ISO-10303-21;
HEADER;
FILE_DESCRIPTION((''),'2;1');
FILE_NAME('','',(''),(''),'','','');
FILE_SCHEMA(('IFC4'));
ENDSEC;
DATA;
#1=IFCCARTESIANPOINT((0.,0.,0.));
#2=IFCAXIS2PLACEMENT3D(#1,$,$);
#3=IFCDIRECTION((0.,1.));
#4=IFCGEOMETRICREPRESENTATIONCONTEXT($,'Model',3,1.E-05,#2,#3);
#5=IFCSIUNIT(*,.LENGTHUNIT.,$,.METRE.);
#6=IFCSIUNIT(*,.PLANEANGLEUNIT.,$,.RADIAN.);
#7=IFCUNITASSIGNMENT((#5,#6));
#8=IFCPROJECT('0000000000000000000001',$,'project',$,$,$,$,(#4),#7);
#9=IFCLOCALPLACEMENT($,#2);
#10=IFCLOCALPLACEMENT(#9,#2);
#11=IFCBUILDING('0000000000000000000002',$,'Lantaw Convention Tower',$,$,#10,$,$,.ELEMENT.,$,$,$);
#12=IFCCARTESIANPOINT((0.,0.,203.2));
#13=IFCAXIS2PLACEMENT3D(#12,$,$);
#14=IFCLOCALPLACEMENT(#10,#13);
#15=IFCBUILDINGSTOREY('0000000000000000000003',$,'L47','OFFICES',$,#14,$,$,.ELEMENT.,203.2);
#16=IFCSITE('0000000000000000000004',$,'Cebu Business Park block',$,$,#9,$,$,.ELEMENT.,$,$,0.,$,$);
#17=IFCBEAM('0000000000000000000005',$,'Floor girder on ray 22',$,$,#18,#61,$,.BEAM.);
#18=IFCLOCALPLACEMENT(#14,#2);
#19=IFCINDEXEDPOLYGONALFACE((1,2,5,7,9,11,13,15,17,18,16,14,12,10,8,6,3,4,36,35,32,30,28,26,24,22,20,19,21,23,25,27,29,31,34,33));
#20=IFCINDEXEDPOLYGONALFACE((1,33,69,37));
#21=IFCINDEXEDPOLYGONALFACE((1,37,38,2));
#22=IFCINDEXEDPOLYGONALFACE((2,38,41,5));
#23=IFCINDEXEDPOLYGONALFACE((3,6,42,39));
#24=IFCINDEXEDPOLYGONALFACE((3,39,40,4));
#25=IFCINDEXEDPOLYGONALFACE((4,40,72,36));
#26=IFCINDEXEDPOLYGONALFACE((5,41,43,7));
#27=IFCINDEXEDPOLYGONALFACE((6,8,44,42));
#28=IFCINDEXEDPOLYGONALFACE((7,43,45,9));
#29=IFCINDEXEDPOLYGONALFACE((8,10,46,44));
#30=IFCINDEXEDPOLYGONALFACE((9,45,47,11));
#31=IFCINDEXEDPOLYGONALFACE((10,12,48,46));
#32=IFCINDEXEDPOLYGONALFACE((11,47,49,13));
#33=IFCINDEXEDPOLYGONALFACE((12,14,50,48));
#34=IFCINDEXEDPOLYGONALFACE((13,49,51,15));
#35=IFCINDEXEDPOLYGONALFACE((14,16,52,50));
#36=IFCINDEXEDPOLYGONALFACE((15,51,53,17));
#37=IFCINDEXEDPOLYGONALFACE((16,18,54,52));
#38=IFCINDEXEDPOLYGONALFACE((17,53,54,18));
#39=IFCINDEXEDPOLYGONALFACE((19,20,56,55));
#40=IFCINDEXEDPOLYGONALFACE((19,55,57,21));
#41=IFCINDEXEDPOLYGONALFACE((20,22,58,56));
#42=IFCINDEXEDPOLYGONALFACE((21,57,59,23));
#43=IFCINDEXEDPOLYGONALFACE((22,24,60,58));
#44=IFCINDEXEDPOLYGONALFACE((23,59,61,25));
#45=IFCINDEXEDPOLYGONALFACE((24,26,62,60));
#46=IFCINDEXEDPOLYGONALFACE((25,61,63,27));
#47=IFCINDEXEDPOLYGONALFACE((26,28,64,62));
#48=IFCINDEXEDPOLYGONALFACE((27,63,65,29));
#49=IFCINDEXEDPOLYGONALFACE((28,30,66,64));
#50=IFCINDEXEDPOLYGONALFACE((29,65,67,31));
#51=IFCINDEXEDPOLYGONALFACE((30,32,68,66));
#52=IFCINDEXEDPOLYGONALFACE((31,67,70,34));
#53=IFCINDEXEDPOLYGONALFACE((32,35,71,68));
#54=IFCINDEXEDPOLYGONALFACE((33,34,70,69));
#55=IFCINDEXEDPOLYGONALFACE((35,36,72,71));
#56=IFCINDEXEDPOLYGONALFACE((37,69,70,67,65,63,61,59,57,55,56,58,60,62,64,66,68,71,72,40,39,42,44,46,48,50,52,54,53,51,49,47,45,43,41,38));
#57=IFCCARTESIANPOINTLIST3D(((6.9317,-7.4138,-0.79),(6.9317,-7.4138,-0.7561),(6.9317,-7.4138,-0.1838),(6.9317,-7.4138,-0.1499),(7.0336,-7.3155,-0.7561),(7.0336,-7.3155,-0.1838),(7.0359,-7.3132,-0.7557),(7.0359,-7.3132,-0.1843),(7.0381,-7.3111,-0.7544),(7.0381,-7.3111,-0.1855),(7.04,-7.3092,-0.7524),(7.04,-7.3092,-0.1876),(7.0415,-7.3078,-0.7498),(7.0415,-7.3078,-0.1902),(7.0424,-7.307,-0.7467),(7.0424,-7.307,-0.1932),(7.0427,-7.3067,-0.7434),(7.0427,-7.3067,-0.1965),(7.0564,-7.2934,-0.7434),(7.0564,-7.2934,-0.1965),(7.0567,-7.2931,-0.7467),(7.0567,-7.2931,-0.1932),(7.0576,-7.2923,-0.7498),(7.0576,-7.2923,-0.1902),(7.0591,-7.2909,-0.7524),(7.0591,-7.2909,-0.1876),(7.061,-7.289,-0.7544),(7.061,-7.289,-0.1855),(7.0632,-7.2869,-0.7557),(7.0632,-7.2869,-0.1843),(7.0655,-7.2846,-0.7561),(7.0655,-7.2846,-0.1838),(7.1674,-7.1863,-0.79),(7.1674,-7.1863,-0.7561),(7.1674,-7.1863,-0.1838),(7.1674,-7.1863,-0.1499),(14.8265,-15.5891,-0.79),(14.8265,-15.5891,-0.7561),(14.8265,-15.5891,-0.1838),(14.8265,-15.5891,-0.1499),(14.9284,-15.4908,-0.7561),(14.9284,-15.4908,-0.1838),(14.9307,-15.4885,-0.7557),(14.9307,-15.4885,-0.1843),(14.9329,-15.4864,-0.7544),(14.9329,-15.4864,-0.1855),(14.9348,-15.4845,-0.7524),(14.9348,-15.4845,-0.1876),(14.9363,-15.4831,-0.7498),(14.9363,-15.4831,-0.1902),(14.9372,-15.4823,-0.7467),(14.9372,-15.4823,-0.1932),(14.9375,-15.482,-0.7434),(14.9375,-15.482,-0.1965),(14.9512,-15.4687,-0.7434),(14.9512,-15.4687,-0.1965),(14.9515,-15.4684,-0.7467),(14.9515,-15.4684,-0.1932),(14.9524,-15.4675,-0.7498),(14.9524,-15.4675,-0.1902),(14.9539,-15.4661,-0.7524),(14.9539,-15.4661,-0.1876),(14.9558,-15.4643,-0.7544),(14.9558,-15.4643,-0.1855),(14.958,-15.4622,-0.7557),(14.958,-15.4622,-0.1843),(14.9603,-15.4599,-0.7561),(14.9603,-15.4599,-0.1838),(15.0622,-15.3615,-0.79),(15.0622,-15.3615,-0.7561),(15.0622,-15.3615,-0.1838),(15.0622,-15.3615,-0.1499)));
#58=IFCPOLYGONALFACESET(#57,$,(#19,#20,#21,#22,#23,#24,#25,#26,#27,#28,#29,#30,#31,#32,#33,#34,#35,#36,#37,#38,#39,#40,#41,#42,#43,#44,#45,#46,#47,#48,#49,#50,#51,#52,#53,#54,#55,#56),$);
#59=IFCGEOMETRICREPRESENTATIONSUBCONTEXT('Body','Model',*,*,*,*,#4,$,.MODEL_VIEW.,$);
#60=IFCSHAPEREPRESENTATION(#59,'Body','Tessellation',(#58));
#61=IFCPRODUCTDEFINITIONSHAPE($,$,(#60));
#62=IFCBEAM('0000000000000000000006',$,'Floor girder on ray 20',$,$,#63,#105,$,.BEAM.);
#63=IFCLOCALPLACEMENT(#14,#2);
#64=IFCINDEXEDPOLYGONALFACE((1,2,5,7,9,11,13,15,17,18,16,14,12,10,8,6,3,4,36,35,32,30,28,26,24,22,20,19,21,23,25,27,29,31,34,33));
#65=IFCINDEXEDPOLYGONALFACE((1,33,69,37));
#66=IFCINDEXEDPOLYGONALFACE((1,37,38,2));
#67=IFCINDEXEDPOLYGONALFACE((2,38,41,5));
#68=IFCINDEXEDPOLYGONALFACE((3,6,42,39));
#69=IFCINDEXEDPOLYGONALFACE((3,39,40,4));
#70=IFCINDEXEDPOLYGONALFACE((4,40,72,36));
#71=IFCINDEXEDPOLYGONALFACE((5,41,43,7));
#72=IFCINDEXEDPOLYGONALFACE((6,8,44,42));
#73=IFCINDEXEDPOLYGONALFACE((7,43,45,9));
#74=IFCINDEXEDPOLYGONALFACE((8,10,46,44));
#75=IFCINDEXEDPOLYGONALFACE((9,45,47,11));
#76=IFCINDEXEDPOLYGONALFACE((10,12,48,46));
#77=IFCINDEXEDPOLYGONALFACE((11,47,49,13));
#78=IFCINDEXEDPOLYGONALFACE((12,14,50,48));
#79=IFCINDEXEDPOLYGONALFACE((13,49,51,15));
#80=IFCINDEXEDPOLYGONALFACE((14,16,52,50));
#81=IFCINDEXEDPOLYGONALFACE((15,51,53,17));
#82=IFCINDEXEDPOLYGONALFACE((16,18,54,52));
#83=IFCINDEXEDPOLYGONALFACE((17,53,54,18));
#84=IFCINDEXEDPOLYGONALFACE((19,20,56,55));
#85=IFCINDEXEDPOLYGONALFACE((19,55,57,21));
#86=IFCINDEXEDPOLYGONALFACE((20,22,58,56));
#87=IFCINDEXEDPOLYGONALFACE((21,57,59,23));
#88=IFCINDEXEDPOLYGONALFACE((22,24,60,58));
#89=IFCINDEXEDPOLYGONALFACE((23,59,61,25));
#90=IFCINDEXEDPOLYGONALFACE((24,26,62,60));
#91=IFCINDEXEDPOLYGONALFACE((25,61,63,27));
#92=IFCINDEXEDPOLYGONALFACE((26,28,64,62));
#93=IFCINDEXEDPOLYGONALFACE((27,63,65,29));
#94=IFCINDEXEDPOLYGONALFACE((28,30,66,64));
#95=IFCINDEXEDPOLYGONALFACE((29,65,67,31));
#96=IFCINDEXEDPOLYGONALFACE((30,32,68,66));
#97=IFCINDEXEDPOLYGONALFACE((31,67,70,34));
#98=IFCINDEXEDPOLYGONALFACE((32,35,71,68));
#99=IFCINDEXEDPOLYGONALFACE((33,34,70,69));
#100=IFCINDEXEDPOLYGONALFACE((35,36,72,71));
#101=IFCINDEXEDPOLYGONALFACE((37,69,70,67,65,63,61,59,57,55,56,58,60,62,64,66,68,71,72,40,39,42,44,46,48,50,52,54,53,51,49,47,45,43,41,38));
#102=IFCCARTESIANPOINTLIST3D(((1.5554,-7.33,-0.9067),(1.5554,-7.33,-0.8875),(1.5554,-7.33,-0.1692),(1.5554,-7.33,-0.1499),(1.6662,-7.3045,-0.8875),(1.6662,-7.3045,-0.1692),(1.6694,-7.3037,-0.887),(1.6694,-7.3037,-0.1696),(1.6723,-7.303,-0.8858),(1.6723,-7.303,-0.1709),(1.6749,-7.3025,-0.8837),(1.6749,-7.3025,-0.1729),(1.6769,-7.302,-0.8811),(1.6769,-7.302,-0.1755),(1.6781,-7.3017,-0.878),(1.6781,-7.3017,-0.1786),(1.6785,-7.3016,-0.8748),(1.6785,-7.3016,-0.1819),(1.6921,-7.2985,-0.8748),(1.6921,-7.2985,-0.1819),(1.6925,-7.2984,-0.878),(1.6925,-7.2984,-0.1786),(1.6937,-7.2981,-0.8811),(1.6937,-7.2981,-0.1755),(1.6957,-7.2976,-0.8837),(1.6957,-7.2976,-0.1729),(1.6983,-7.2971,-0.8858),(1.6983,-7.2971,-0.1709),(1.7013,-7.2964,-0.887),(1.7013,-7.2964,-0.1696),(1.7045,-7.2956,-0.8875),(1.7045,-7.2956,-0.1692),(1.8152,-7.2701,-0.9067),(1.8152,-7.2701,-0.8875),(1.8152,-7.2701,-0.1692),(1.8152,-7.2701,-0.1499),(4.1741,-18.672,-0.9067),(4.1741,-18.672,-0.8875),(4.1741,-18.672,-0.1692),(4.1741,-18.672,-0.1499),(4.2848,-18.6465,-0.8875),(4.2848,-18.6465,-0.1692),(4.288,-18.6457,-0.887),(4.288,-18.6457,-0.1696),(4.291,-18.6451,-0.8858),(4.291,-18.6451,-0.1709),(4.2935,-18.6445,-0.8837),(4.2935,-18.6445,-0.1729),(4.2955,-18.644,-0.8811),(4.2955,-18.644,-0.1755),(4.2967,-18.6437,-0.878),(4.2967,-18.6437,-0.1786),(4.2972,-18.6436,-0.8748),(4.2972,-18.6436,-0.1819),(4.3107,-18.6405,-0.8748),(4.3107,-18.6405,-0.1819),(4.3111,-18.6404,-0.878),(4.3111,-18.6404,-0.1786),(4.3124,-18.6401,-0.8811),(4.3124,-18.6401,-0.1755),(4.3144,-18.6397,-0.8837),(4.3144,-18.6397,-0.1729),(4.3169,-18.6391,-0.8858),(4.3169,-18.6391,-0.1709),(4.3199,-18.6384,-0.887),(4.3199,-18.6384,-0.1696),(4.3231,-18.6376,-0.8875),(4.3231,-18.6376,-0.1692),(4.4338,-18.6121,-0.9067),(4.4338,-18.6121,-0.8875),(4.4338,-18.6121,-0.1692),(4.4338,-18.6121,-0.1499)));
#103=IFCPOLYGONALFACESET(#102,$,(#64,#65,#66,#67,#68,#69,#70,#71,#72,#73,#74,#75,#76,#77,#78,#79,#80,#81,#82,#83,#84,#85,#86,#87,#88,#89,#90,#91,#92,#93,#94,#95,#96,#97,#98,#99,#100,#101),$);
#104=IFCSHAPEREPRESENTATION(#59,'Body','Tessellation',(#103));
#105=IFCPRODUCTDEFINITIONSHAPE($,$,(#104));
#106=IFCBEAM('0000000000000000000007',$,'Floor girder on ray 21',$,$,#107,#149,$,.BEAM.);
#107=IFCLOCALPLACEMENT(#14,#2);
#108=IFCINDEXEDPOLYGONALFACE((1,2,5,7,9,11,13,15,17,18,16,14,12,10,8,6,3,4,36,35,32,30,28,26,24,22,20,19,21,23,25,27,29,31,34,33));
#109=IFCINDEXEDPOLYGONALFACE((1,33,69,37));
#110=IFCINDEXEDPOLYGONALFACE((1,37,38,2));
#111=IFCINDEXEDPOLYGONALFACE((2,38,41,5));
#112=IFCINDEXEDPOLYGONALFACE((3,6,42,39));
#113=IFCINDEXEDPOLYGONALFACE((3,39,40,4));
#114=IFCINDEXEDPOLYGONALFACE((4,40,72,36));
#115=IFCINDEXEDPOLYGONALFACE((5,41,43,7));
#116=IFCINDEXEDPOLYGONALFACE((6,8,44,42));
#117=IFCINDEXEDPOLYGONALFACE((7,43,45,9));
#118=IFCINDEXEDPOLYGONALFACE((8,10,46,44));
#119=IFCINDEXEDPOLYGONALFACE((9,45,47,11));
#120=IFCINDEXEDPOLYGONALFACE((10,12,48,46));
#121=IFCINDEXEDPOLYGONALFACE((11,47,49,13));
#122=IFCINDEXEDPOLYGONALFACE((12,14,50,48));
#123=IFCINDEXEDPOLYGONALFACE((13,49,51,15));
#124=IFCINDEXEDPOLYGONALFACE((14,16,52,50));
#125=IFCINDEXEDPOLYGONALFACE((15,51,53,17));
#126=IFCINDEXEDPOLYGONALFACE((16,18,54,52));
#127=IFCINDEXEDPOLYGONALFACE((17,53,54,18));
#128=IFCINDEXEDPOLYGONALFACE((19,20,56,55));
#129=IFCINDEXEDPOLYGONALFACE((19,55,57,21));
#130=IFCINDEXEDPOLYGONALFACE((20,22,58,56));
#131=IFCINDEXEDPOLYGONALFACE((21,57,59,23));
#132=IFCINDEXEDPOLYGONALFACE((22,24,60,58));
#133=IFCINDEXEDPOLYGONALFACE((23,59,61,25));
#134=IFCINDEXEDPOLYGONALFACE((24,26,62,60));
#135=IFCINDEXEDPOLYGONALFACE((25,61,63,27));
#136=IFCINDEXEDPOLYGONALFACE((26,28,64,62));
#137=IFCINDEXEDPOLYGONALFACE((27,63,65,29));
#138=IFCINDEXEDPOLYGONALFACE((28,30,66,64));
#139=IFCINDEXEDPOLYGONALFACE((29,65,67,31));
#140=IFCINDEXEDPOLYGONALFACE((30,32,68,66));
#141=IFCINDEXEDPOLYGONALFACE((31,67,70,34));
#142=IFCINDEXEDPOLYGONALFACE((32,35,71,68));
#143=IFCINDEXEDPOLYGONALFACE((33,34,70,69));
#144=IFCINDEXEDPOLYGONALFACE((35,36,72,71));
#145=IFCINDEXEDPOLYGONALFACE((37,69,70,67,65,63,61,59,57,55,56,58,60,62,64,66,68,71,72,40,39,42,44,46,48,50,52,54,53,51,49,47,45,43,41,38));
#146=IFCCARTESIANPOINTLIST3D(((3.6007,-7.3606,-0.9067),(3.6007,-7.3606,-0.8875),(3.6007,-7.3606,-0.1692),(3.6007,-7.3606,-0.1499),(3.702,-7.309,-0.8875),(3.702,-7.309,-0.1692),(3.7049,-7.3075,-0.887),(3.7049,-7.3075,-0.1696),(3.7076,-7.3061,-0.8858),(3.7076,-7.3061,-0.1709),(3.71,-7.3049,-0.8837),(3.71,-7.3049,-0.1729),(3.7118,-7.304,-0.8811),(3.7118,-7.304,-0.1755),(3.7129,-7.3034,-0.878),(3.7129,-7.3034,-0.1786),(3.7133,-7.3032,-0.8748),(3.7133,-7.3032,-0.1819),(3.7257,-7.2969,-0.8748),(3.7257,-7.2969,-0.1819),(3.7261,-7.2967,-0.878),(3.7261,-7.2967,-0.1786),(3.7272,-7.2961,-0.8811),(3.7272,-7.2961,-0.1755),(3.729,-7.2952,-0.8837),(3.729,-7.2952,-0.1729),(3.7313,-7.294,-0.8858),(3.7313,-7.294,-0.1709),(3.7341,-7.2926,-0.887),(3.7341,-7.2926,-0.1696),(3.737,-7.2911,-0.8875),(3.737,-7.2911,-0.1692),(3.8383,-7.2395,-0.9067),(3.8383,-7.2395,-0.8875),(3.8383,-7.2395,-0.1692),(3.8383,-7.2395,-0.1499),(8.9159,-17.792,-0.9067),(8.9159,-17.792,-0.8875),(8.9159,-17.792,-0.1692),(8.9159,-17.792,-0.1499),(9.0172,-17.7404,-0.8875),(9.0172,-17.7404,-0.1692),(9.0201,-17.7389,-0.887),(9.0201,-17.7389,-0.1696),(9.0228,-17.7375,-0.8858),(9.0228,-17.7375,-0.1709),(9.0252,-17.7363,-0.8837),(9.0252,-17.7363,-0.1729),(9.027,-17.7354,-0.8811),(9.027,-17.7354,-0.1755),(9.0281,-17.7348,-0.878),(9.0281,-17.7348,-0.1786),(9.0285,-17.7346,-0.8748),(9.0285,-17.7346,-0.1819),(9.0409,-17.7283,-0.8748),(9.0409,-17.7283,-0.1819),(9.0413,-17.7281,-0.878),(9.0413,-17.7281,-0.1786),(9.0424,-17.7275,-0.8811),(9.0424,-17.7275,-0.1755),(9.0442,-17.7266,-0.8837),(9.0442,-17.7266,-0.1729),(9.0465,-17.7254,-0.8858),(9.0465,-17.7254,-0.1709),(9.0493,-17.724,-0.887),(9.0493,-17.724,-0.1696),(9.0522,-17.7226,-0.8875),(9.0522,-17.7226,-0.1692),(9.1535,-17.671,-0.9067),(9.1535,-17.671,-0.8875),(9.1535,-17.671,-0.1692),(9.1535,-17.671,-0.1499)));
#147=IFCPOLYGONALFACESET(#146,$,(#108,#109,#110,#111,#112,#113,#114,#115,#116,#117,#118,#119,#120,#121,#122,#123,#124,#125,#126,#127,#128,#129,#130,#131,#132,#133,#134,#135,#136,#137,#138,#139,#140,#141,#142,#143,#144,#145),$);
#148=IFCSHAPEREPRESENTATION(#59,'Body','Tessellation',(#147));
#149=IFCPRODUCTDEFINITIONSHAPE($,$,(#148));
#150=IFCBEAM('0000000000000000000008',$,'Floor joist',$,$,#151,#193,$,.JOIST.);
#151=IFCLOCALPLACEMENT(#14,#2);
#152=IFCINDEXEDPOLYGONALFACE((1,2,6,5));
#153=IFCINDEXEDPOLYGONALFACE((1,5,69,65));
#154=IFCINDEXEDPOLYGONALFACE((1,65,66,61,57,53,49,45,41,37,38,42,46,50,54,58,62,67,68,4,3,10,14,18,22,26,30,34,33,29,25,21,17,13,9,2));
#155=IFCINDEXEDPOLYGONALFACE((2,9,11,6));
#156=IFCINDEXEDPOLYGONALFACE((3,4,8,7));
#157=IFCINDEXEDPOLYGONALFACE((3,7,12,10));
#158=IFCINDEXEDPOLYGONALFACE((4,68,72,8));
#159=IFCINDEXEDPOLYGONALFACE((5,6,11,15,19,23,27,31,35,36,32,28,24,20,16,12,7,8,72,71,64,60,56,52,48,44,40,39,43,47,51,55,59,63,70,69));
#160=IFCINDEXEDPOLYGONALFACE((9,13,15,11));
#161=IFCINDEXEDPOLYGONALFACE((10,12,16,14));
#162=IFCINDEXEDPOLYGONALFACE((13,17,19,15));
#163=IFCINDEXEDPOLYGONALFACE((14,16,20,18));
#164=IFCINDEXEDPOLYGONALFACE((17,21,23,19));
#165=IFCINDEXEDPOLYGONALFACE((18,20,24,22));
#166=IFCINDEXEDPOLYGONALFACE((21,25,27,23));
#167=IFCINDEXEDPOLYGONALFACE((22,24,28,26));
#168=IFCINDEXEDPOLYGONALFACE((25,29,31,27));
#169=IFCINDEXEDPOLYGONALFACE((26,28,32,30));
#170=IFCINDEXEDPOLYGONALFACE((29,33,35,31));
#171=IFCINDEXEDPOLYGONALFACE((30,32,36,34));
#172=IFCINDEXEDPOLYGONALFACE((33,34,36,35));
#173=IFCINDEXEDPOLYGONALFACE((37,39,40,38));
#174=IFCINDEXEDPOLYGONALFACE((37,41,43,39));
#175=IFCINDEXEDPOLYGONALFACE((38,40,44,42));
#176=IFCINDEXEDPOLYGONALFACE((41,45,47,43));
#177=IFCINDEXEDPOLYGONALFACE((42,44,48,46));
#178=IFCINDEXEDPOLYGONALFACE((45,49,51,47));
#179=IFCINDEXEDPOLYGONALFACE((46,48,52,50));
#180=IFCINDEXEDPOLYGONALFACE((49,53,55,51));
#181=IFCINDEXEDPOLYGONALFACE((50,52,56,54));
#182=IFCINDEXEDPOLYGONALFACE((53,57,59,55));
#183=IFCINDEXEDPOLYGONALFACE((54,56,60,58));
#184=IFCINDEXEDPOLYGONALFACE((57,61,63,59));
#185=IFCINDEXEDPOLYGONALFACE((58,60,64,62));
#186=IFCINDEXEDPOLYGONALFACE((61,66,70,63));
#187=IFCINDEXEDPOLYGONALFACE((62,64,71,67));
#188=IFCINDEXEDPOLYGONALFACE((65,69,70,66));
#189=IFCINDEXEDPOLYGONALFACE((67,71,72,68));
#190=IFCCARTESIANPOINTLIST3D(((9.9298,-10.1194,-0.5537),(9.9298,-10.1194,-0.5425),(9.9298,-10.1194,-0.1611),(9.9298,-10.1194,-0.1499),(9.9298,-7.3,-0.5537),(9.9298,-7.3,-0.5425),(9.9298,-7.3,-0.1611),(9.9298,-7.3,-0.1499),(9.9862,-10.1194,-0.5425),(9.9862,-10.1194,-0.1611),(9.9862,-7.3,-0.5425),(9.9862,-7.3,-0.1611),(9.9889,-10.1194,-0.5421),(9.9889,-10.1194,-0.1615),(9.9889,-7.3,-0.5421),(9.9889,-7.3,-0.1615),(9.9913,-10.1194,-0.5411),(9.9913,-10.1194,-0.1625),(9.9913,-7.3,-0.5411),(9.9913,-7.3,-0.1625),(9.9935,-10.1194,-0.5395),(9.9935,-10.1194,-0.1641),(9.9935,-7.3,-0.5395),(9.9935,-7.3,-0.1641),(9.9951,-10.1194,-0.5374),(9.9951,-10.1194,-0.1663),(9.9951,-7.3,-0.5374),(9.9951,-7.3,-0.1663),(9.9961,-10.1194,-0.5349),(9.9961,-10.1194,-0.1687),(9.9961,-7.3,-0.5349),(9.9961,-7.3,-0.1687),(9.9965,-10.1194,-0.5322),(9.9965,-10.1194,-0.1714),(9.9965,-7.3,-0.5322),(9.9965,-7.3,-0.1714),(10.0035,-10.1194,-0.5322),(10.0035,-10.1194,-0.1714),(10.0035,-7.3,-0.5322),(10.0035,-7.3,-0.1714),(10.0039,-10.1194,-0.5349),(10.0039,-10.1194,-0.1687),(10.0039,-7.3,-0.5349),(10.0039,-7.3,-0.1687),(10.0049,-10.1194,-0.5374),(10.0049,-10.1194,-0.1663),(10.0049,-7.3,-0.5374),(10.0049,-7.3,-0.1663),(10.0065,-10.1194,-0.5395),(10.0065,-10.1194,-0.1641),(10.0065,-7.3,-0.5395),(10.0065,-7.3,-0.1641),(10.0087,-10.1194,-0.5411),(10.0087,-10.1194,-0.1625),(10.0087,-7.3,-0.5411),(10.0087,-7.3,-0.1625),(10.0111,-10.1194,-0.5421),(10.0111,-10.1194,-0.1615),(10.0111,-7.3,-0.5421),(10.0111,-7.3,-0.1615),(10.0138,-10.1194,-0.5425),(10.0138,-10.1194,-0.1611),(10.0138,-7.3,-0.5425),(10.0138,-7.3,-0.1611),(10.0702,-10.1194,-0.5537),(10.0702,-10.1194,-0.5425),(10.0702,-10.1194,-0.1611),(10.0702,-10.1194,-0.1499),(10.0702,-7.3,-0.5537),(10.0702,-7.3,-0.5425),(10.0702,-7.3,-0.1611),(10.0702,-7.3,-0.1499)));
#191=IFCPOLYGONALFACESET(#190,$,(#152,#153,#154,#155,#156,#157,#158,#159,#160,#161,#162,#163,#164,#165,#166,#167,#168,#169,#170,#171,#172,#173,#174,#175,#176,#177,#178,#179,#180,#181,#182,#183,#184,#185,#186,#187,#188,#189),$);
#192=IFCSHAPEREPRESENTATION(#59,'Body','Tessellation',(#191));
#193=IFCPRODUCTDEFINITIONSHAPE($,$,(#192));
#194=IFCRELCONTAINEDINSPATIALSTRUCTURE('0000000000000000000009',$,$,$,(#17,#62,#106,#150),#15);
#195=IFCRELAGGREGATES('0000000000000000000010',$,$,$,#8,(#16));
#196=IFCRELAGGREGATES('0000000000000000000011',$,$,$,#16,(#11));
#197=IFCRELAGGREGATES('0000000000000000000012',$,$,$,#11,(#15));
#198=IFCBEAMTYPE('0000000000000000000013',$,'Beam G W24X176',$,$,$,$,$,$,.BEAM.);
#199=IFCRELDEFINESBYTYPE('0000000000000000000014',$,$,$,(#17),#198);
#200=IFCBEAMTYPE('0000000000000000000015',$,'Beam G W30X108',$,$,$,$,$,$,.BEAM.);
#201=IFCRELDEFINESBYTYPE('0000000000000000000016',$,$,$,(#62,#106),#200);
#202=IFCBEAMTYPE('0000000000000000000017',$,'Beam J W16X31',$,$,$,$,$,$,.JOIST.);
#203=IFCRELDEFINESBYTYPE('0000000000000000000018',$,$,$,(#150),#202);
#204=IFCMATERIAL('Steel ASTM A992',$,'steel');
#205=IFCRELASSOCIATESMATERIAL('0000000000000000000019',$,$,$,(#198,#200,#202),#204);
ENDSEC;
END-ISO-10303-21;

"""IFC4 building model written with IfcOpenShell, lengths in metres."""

from ifc_helpers import new_model, si_unit, direction, frame, origin, origin_2d, place, context, subcontext, project, spatial, i_section, extrude, material, material_profile, profile_set, type_object, element, save


model = new_model("IFC4")

# Units and contexts
model_context = context("Model", 3, precision=1e-05, world=origin(), true_north=direction((0.0, 1.0)))
body_context = subcontext(model_context, "Body", "Model", "MODEL_VIEW")
ifc_project = project(units=[si_unit("LENGTHUNIT", "METRE"), si_unit("PLANEANGLEUNIT", "RADIAN")], contexts=[model_context])

# Site, building, storey
site_placement = place(None, origin())
site = spatial("IfcSite", under=ifc_project, at=site_placement, Name="Cebu Business Park block", CompositionType="ELEMENT", RefElevation=0.0)
building_placement = place(site_placement, origin())
building = spatial("IfcBuilding", under=site, at=building_placement, Name="Lantaw Convention Tower", CompositionType="ELEMENT")
storey_placement = place(building_placement, frame((0.0, 0.0, 203.2)))
storey = spatial("IfcBuildingStorey", under=building, at=storey_placement, Name="L47", Description="OFFICES", CompositionType="ELEMENT", Elevation=203.2)

# Beams
ifc_material_1 = material(Name="Steel ASTM A992", Category="steel")
ifc_material_profile_1 = material_profile(ifc_material_1, i_section(OverallWidth=0.3276, OverallDepth=0.6401, WebThickness=0.019, FlangeThickness=0.0339, FilletRadius=0.0127, at=origin_2d()), Name="W24X176")
ifc_profile_set_1 = profile_set([ifc_material_profile_1], Name="Steel ASTM A992")
beam_type_1 = type_object("IfcBeamType", Name="Beam G W24X176", PredefinedType="BEAM", material=ifc_profile_set_1)
beam_1_placement = place(storey_placement, frame((7.0496, -7.3, -0.47), z_axis=(0.694658, -0.71934, 0.0), x_axis=(0.71934, 0.694658, 0.0)))
element("IfcBeam", 1, at=beam_1_placement, inside=storey, type_object=beam_type_1, Name="Floor girder on ray 22", PredefinedType="BEAM", context=body_context, shape_type="SweptSolid", body=[
    extrude(i_section(OverallWidth=0.3276, OverallDepth=0.6401, WebThickness=0.019, FlangeThickness=0.0339, FilletRadius=0.0127, at=origin_2d()), origin(), (0.0, 0.0, 1.0), 11.365),
])
ifc_material_profile_2 = material_profile(ifc_material_1, i_section(OverallWidth=0.2666, OverallDepth=0.7568, WebThickness=0.0139, FlangeThickness=0.0193, FilletRadius=0.0127, at=origin_2d()), Name="W30X108")
ifc_profile_set_2 = profile_set([ifc_material_profile_2], Name="Steel ASTM A992")
beam_type_2 = type_object("IfcBeamType", Name="Beam G W30X108", PredefinedType="BEAM", material=ifc_profile_set_2)
beam_2_placement = place(storey_placement, frame((1.6853, -7.3, -0.5283), z_axis=(0.224962, -0.974368, 0.0), x_axis=(0.974368, 0.224962, 0.0)))
element("IfcBeam", 2, at=beam_2_placement, inside=storey, type_object=beam_type_2, Name="Floor girder on ray 20", PredefinedType="BEAM", context=body_context, shape_type="SweptSolid", body=[
    extrude(i_section(OverallWidth=0.2666, OverallDepth=0.7568, WebThickness=0.0139, FlangeThickness=0.0193, FilletRadius=0.0127, at=origin_2d()), origin(), (0.0, 0.0, 1.0), 11.6404),
])
beam_3_placement = place(storey_placement, frame((3.7195, -7.3, -0.5283), z_axis=(0.453999, -0.891002, 0.0), x_axis=(0.891002, 0.453999, 0.0)))
element("IfcBeam", 3, at=beam_3_placement, inside=storey, type_object=beam_type_2, Name="Floor girder on ray 21", PredefinedType="BEAM", context=body_context, shape_type="SweptSolid", body=[
    extrude(i_section(OverallWidth=0.2666, OverallDepth=0.7568, WebThickness=0.0139, FlangeThickness=0.0193, FilletRadius=0.0127, at=origin_2d()), origin(), (0.0, 0.0, 1.0), 11.7075),
])
ifc_material_profile_3 = material_profile(ifc_material_1, i_section(OverallWidth=0.1404, OverallDepth=0.4038, WebThickness=0.0071, FlangeThickness=0.0112, FilletRadius=0.0103, at=origin_2d()), Name="W16X31")
ifc_profile_set_3 = profile_set([ifc_material_profile_3], Name="Steel ASTM A992")
beam_type_3 = type_object("IfcBeamType", Name="Beam J W16X31", PredefinedType="JOIST", material=ifc_profile_set_3)
beam_4_placement = place(storey_placement, frame((10.0, -10.1194, -0.3518), z_axis=(0.0, 1.0, 0.0), x_axis=(-1.0, 0.0, 0.0)))
element("IfcBeam", 4, at=beam_4_placement, inside=storey, type_object=beam_type_3, Name="Floor joist", PredefinedType="JOIST", context=body_context, shape_type="SweptSolid", body=[
    extrude(i_section(OverallWidth=0.1404, OverallDepth=0.4038, WebThickness=0.0071, FlangeThickness=0.0112, FilletRadius=0.0103, at=origin_2d()), origin(), (0.0, 0.0, 1.0), 2.8193),
])

save(model, "model.ifc")
